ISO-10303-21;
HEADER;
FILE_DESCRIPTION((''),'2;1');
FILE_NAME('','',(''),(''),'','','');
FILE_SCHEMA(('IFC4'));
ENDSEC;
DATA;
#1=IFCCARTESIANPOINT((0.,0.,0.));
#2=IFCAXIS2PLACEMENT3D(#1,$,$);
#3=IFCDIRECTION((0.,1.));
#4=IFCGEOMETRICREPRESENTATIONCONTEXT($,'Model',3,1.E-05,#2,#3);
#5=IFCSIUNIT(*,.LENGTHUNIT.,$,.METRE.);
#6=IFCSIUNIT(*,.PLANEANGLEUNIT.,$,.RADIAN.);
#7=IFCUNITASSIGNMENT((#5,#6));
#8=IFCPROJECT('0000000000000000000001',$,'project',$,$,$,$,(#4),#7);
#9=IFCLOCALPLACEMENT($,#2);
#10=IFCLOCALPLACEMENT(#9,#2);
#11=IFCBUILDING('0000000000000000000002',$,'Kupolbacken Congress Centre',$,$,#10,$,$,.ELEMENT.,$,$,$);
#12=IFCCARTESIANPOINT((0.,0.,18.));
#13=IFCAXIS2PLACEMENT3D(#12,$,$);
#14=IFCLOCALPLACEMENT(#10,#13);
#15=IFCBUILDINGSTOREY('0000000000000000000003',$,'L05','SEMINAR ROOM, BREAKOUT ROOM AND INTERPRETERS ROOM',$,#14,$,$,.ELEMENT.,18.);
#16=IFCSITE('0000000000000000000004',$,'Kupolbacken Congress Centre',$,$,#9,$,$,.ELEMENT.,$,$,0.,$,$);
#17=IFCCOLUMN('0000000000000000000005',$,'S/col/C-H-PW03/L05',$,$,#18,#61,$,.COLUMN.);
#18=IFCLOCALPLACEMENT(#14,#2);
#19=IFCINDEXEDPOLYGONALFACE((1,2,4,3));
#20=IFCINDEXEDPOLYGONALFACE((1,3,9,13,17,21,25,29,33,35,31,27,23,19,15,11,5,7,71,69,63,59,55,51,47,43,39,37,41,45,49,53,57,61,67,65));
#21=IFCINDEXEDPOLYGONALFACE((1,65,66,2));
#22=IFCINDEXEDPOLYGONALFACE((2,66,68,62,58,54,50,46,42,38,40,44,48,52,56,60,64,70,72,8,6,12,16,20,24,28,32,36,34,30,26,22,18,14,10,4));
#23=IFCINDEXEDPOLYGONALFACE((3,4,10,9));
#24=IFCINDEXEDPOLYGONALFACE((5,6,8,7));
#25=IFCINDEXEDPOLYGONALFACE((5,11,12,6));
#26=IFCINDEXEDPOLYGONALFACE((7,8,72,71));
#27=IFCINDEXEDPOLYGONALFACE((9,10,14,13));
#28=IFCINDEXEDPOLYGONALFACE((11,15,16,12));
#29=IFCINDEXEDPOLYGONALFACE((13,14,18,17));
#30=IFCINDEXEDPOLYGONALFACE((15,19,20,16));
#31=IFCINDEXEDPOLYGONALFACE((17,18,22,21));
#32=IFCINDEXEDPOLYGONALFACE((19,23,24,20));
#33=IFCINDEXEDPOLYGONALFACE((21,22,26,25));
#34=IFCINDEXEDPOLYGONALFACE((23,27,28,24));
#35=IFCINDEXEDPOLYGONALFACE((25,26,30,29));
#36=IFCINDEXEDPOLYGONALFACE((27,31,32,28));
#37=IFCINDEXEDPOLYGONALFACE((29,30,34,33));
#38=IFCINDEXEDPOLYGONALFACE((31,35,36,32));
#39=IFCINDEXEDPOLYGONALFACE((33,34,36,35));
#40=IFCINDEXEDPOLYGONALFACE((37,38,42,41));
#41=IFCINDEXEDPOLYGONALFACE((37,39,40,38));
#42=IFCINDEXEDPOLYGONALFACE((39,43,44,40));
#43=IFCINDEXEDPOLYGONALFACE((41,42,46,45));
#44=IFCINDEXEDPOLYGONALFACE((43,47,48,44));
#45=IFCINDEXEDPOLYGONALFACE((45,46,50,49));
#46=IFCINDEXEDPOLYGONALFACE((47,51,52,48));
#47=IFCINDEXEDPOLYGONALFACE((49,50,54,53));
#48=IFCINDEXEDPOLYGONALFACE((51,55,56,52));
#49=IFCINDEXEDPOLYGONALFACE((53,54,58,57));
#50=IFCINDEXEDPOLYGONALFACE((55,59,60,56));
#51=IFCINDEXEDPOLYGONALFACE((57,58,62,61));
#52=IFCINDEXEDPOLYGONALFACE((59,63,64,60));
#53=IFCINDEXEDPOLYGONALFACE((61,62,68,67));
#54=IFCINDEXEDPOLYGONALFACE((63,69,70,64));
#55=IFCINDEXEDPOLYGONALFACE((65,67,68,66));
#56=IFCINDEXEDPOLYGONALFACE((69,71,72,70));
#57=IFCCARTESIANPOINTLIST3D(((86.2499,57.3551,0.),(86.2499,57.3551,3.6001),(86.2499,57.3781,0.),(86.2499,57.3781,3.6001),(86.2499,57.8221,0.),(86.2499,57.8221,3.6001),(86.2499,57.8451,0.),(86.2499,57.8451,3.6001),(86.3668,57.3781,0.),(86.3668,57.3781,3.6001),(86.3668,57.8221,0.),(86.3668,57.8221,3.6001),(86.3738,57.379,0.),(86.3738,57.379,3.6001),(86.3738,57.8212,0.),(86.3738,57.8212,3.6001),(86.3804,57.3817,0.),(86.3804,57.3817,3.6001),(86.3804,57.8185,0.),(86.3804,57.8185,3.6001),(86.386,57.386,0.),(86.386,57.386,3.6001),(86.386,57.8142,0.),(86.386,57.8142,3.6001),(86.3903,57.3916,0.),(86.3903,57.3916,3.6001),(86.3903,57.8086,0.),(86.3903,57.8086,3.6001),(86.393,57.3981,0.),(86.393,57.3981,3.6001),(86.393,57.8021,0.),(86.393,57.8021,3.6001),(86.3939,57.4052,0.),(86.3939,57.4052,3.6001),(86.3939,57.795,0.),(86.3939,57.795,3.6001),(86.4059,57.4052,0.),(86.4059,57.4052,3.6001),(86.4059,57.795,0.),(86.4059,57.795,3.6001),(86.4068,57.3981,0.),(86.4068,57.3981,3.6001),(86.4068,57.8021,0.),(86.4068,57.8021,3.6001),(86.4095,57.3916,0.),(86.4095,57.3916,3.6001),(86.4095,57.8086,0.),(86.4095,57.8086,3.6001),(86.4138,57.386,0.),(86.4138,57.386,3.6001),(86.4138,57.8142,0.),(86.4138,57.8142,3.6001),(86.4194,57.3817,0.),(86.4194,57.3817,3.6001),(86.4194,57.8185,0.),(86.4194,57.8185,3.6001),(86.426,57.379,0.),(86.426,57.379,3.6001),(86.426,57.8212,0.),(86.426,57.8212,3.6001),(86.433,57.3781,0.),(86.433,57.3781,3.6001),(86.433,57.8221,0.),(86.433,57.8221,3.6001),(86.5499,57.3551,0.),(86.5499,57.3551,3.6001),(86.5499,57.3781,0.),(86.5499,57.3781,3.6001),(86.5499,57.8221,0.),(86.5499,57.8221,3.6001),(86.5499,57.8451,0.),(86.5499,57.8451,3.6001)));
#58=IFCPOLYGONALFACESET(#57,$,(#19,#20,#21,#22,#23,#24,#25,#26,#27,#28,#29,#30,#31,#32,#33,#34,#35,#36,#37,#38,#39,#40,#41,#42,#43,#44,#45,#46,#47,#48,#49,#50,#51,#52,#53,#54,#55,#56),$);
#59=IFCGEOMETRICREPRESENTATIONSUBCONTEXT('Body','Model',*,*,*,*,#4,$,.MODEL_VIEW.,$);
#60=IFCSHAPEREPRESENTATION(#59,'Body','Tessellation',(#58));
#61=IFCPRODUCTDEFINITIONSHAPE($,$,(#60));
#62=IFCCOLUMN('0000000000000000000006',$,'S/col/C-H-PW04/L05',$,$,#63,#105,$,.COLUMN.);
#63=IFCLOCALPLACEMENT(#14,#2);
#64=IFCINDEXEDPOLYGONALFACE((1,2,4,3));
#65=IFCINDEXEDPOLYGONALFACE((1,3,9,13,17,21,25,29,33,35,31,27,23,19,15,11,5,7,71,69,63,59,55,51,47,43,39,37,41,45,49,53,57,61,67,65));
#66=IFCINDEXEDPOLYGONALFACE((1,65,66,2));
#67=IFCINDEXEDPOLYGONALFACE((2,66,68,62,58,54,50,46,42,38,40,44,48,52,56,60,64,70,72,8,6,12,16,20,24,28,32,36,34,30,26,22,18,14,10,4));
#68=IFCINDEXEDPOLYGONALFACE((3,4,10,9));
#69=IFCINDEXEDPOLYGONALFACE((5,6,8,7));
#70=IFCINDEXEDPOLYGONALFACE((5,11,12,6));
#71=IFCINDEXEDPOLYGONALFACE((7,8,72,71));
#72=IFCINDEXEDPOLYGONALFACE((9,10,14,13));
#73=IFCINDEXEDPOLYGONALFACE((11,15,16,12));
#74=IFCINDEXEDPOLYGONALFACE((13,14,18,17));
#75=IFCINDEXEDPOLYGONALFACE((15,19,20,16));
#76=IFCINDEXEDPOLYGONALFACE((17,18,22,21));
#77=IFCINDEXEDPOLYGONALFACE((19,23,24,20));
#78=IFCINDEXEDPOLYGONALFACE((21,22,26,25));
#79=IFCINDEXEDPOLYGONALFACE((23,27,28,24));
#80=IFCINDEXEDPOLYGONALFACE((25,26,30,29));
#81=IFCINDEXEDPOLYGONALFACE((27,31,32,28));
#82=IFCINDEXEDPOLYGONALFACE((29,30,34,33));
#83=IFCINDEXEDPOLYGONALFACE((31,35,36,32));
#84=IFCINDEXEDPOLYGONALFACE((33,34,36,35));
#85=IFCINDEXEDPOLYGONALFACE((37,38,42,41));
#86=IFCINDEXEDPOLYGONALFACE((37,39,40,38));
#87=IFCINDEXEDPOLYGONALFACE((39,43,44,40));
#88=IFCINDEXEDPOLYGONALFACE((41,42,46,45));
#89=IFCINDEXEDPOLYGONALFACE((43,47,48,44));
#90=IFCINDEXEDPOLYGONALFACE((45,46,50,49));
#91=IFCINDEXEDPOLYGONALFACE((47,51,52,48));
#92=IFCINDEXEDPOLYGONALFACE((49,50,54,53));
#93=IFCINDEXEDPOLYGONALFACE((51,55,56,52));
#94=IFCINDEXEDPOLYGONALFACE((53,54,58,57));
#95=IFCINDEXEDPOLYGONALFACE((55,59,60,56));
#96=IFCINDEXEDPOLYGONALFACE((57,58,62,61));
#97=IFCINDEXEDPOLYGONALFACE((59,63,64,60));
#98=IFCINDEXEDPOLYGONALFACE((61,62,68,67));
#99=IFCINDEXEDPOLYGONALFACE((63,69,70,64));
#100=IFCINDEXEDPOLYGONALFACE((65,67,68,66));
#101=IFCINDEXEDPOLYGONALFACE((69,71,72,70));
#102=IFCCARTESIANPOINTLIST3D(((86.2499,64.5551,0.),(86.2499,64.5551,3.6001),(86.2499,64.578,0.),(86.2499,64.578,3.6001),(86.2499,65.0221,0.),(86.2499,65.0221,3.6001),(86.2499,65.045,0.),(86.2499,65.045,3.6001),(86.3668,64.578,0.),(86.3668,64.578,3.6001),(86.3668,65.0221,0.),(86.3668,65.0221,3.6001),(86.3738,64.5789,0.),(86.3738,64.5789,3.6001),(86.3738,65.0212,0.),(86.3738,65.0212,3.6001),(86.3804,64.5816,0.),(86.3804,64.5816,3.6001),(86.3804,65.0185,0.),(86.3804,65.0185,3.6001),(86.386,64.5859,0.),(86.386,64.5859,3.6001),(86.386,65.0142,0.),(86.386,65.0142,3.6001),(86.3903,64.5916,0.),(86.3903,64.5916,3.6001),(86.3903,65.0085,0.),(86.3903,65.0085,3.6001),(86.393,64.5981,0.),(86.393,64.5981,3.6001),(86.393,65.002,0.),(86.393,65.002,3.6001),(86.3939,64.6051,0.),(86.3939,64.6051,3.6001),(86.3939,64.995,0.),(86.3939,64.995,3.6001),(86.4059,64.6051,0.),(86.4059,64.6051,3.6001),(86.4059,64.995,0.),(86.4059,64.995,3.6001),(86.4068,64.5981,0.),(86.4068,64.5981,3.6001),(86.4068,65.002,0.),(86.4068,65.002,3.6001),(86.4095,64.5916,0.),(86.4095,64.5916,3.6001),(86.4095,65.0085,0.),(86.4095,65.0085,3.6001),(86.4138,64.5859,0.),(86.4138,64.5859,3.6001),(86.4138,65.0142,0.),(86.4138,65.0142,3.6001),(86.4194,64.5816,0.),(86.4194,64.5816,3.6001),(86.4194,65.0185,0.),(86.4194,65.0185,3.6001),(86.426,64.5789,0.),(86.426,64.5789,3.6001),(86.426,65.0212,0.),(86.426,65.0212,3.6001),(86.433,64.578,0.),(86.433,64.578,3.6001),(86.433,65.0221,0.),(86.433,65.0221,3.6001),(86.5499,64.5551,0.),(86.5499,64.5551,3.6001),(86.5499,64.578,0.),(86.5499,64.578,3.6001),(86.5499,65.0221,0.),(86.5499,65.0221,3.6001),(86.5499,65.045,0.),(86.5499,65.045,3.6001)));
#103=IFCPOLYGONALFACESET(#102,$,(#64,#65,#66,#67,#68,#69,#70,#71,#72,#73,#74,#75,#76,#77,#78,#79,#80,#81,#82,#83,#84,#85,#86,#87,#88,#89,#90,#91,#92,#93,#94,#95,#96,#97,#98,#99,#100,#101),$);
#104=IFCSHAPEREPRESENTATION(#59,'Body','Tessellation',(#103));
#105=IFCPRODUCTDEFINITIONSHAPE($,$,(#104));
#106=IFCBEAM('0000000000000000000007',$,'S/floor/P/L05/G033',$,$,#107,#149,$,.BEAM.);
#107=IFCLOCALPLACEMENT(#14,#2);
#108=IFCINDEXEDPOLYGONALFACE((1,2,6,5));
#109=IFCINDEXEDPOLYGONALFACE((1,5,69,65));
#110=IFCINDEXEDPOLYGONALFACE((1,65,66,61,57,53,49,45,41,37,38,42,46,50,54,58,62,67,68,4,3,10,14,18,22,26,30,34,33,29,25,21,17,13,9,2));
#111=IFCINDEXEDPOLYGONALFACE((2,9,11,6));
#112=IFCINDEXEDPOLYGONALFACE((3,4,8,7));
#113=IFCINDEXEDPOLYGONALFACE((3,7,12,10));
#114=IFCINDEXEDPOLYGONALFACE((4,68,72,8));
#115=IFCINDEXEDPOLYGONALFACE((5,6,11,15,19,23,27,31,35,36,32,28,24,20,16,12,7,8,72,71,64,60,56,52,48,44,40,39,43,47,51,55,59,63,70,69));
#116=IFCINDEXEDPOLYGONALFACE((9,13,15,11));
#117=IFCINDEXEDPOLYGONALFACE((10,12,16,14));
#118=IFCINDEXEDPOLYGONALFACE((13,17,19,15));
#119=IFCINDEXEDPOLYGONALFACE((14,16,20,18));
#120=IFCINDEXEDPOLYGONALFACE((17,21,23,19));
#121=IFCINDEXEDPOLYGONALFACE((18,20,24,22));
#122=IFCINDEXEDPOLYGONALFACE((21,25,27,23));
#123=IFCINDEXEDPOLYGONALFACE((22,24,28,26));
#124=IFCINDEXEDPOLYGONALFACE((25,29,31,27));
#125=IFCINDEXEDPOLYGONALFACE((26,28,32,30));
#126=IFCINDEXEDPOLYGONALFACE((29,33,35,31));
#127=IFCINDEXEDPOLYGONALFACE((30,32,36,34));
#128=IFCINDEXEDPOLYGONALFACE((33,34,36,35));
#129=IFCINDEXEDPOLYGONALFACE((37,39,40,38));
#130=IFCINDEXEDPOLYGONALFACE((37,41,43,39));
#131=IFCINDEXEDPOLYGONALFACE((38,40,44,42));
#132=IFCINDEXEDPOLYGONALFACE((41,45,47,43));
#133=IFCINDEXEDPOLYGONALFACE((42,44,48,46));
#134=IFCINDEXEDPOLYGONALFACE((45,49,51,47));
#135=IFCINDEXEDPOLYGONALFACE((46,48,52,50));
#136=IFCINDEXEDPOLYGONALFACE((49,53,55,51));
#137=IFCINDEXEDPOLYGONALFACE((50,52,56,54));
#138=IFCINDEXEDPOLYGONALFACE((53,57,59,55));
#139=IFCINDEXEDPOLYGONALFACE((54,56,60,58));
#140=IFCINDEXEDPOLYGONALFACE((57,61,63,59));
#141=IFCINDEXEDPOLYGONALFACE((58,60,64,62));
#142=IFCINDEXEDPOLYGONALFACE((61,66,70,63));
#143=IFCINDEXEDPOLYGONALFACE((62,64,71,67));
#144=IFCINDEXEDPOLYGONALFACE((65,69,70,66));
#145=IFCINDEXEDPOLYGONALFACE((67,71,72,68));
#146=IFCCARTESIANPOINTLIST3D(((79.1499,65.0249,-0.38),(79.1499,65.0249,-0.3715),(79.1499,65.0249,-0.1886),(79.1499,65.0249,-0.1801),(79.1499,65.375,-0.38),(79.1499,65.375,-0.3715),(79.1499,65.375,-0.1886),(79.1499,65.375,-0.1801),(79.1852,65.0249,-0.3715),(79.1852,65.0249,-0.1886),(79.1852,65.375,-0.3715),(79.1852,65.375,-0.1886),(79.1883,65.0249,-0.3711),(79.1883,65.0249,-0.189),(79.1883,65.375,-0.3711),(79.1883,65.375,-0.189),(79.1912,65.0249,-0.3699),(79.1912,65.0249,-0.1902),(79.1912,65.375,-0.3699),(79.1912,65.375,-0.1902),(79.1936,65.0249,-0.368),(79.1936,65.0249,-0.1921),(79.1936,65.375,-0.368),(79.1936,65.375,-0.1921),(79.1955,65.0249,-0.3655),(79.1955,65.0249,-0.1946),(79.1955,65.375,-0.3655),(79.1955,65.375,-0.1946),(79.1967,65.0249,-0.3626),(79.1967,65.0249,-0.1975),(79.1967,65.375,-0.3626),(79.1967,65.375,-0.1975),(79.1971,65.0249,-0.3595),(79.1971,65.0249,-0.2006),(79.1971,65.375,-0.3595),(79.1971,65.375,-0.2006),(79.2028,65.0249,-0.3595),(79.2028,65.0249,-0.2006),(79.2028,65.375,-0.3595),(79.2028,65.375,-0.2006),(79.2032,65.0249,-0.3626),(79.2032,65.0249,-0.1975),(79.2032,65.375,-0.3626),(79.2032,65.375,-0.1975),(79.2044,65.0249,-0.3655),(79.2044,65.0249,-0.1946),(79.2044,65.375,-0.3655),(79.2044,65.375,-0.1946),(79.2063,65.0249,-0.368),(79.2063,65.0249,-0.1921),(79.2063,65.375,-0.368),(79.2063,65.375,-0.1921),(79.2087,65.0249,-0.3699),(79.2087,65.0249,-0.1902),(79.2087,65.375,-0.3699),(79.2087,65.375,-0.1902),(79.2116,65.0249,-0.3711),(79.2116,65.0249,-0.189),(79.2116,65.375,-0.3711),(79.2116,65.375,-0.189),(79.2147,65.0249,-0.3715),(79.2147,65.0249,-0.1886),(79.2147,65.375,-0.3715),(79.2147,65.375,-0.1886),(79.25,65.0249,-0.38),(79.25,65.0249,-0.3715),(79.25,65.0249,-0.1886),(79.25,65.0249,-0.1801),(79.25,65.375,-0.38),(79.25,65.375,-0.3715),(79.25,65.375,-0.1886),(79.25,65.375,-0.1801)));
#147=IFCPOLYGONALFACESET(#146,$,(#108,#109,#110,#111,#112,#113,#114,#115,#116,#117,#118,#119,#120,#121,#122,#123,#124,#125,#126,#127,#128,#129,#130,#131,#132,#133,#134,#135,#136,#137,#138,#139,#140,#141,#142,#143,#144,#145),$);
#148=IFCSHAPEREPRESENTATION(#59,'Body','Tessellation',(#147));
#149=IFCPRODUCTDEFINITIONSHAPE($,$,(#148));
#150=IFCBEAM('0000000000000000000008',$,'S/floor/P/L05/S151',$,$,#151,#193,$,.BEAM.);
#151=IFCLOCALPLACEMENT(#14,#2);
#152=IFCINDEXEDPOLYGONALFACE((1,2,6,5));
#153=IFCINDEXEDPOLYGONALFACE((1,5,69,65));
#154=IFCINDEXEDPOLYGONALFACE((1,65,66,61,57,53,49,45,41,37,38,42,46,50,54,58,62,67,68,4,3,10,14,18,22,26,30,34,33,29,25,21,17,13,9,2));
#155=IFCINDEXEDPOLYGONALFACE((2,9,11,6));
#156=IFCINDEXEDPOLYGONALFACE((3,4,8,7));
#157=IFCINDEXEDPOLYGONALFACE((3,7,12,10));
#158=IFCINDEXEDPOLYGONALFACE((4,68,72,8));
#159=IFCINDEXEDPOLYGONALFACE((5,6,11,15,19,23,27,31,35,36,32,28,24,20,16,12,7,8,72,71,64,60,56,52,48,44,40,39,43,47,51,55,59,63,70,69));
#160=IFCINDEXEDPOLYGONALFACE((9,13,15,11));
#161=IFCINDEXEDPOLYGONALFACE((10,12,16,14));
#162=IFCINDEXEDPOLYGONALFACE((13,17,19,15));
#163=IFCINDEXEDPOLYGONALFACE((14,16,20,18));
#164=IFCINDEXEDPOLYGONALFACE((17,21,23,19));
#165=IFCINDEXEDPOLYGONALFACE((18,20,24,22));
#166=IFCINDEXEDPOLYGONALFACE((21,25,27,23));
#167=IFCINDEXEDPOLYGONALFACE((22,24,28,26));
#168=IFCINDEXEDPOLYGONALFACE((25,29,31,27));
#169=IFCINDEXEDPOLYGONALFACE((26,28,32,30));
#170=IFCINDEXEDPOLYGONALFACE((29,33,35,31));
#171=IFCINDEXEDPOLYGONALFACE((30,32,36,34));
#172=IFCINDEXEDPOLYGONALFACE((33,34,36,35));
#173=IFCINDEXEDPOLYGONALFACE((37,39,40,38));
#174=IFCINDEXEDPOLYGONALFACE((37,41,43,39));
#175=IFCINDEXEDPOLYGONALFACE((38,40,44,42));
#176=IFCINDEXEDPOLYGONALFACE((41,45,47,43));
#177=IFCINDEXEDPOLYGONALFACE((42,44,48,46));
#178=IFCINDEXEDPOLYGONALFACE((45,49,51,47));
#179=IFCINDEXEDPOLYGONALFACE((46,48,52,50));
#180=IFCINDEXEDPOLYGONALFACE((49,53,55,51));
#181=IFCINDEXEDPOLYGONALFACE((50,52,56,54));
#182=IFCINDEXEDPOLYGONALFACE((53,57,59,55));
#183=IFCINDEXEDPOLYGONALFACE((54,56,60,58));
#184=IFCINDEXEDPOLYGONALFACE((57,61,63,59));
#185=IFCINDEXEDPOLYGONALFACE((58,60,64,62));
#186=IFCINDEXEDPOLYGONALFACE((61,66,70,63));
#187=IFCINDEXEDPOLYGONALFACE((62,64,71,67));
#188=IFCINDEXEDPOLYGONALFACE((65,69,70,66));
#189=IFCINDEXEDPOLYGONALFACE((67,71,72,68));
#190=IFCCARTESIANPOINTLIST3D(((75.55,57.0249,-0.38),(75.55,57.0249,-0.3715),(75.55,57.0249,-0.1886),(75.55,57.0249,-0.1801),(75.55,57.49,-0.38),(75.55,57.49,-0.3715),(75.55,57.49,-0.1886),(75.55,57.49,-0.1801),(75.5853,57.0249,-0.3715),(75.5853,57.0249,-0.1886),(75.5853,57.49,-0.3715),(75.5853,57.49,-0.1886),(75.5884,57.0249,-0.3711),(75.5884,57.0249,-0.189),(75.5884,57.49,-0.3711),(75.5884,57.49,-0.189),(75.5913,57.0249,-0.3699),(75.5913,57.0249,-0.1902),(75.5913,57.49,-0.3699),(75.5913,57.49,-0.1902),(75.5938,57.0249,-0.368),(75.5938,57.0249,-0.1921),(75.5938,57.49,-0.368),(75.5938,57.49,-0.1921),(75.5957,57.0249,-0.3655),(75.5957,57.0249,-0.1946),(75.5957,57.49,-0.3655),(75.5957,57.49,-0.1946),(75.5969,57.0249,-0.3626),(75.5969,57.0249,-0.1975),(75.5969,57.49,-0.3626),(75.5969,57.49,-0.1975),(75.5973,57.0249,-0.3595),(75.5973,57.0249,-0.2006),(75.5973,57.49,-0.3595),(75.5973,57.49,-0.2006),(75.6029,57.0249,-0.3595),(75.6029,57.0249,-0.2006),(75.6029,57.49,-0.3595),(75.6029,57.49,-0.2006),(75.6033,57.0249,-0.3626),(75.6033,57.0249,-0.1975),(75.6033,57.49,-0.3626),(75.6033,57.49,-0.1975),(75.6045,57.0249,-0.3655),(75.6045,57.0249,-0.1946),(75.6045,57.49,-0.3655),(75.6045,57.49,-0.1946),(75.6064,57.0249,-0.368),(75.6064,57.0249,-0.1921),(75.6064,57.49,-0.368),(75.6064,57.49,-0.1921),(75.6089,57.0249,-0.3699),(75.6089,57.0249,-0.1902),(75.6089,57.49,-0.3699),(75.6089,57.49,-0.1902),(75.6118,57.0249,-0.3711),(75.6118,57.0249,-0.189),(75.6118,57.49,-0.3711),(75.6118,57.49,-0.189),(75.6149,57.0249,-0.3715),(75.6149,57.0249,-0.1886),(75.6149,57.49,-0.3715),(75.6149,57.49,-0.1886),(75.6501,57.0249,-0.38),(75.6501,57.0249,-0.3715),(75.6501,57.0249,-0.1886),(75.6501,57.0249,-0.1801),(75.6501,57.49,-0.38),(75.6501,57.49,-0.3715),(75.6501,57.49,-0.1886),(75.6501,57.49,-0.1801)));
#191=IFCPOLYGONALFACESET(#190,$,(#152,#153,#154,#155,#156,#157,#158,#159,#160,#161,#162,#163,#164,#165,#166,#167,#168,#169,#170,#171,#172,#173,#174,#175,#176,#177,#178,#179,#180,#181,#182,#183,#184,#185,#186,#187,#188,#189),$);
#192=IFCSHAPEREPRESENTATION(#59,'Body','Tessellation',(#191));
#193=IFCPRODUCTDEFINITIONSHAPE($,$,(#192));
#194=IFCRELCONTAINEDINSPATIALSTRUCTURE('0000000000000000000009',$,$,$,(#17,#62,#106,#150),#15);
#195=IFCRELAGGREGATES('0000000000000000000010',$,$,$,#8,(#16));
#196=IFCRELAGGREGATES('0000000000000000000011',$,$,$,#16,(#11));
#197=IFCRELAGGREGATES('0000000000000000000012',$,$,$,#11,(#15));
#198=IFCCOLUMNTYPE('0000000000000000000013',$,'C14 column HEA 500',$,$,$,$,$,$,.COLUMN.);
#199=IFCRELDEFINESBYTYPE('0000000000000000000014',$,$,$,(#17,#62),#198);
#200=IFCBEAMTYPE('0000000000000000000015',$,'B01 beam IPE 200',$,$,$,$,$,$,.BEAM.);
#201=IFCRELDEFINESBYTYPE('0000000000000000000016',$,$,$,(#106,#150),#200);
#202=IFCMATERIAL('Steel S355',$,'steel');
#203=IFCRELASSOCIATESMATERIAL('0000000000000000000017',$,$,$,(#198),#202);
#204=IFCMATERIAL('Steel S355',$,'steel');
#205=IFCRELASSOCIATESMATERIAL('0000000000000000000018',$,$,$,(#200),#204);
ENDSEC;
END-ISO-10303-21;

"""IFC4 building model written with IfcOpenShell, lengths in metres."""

from ifc_helpers import new_model, si_unit, direction, frame, origin, origin_2d, place, context, subcontext, project, spatial, i_section, extrude, material, material_profile, profile_set, type_object, element, save


model = new_model("IFC4")

# Units and contexts
model_context = context("Model", 3, precision=1e-05, world=origin(), true_north=direction((0.0, 1.0)))
body_context = subcontext(model_context, "Body", "Model", "MODEL_VIEW")
ifc_project = project(units=[si_unit("LENGTHUNIT", "METRE"), si_unit("PLANEANGLEUNIT", "RADIAN")], contexts=[model_context])

# Site, building, storey
site_placement = place(None, origin())
site = spatial("IfcSite", under=ifc_project, at=site_placement, Name="Kupolbacken Congress Centre", CompositionType="ELEMENT", RefElevation=0.0)
building_placement = place(site_placement, origin())
building = spatial("IfcBuilding", under=site, at=building_placement, Name="Kupolbacken Congress Centre", CompositionType="ELEMENT")
storey_placement = place(building_placement, frame((0.0, 0.0, 18.0)))
storey = spatial("IfcBuildingStorey", under=building, at=storey_placement, Name="L05", Description="SEMINAR ROOM, BREAKOUT ROOM AND INTERPRETERS ROOM", CompositionType="ELEMENT", Elevation=18.0)

# Columns
ifc_material_1 = material(Name="Steel S355", Category="steel")
ifc_material_profile_1 = material_profile(ifc_material_1, i_section(OverallWidth=0.3, OverallDepth=0.49, WebThickness=0.012, FlangeThickness=0.0229, FilletRadius=0.0271, at=origin_2d()), Name="HEA 500")
ifc_profile_set_1 = profile_set([ifc_material_profile_1], Name="Steel S355")
column_type = type_object("IfcColumnType", Name="C14 column HEA 500", PredefinedType="COLUMN", material=ifc_profile_set_1)
for number, where, z_axis, x_axis, name in (
    (1, (86.3999, 57.6001, 0.0), (0.0, 0.0, 1.0), (1.0, 0.0, 0.0), "S/col/C-H-PW03/L05"),
    (2, (86.3999, 64.8, 0.0), (0.0, 0.0, 1.0), (1.0, 0.0, 0.0), "S/col/C-H-PW04/L05"),
):
    element("IfcColumn", number, at=place(storey_placement, frame(where, z_axis=z_axis, x_axis=x_axis)), inside=storey, type_object=column_type, Name=name, PredefinedType="COLUMN", context=body_context, shape_type="SweptSolid", body=[
        extrude(i_section(OverallWidth=0.3, OverallDepth=0.49, WebThickness=0.012, FlangeThickness=0.0229, FilletRadius=0.0271, at=origin_2d()), origin(), (0.0, 0.0, 1.0), 3.6001),
    ])

# Beams
ifc_material_2 = material(Name="Steel S355", Category="steel")
ifc_material_profile_2 = material_profile(ifc_material_2, i_section(OverallWidth=0.1001, OverallDepth=0.2, WebThickness=0.0056, FlangeThickness=0.0085, FilletRadius=0.012, at=origin_2d()), Name="IPE 200")
ifc_profile_set_2 = profile_set([ifc_material_profile_2], Name="Steel S355")
beam_type_1 = type_object("IfcBeamType", Name="B01 beam IPE 200", PredefinedType="BEAM", material=ifc_profile_set_2)
beam_1_placement = place(storey_placement, frame((79.2, 65.0249, -0.28), z_axis=(0.0, 1.0, 0.0), x_axis=(-1.0, 0.0, 0.0)))
element("IfcBeam", 3, at=beam_1_placement, inside=storey, type_object=beam_type_1, Name="S/floor/P/L05/G033", PredefinedType="BEAM", context=body_context, shape_type="SweptSolid", body=[
    extrude(i_section(OverallWidth=0.1001, OverallDepth=0.2, WebThickness=0.0056, FlangeThickness=0.0085, FilletRadius=0.012, at=origin_2d()), origin(), (0.0, 0.0, 1.0), 0.3501),
])
beam_2_placement = place(storey_placement, frame((75.6001, 57.0249, -0.28), z_axis=(0.0, 1.0, 0.0), x_axis=(-1.0, 0.0, 0.0)))
element("IfcBeam", 4, at=beam_2_placement, inside=storey, type_object=beam_type_1, Name="S/floor/P/L05/S151", PredefinedType="BEAM", context=body_context, shape_type="SweptSolid", body=[
    extrude(i_section(OverallWidth=0.1001, OverallDepth=0.2, WebThickness=0.0056, FlangeThickness=0.0085, FilletRadius=0.012, at=origin_2d()), origin(), (0.0, 0.0, 1.0), 0.4651),
])

save(model, "model.ifc")
